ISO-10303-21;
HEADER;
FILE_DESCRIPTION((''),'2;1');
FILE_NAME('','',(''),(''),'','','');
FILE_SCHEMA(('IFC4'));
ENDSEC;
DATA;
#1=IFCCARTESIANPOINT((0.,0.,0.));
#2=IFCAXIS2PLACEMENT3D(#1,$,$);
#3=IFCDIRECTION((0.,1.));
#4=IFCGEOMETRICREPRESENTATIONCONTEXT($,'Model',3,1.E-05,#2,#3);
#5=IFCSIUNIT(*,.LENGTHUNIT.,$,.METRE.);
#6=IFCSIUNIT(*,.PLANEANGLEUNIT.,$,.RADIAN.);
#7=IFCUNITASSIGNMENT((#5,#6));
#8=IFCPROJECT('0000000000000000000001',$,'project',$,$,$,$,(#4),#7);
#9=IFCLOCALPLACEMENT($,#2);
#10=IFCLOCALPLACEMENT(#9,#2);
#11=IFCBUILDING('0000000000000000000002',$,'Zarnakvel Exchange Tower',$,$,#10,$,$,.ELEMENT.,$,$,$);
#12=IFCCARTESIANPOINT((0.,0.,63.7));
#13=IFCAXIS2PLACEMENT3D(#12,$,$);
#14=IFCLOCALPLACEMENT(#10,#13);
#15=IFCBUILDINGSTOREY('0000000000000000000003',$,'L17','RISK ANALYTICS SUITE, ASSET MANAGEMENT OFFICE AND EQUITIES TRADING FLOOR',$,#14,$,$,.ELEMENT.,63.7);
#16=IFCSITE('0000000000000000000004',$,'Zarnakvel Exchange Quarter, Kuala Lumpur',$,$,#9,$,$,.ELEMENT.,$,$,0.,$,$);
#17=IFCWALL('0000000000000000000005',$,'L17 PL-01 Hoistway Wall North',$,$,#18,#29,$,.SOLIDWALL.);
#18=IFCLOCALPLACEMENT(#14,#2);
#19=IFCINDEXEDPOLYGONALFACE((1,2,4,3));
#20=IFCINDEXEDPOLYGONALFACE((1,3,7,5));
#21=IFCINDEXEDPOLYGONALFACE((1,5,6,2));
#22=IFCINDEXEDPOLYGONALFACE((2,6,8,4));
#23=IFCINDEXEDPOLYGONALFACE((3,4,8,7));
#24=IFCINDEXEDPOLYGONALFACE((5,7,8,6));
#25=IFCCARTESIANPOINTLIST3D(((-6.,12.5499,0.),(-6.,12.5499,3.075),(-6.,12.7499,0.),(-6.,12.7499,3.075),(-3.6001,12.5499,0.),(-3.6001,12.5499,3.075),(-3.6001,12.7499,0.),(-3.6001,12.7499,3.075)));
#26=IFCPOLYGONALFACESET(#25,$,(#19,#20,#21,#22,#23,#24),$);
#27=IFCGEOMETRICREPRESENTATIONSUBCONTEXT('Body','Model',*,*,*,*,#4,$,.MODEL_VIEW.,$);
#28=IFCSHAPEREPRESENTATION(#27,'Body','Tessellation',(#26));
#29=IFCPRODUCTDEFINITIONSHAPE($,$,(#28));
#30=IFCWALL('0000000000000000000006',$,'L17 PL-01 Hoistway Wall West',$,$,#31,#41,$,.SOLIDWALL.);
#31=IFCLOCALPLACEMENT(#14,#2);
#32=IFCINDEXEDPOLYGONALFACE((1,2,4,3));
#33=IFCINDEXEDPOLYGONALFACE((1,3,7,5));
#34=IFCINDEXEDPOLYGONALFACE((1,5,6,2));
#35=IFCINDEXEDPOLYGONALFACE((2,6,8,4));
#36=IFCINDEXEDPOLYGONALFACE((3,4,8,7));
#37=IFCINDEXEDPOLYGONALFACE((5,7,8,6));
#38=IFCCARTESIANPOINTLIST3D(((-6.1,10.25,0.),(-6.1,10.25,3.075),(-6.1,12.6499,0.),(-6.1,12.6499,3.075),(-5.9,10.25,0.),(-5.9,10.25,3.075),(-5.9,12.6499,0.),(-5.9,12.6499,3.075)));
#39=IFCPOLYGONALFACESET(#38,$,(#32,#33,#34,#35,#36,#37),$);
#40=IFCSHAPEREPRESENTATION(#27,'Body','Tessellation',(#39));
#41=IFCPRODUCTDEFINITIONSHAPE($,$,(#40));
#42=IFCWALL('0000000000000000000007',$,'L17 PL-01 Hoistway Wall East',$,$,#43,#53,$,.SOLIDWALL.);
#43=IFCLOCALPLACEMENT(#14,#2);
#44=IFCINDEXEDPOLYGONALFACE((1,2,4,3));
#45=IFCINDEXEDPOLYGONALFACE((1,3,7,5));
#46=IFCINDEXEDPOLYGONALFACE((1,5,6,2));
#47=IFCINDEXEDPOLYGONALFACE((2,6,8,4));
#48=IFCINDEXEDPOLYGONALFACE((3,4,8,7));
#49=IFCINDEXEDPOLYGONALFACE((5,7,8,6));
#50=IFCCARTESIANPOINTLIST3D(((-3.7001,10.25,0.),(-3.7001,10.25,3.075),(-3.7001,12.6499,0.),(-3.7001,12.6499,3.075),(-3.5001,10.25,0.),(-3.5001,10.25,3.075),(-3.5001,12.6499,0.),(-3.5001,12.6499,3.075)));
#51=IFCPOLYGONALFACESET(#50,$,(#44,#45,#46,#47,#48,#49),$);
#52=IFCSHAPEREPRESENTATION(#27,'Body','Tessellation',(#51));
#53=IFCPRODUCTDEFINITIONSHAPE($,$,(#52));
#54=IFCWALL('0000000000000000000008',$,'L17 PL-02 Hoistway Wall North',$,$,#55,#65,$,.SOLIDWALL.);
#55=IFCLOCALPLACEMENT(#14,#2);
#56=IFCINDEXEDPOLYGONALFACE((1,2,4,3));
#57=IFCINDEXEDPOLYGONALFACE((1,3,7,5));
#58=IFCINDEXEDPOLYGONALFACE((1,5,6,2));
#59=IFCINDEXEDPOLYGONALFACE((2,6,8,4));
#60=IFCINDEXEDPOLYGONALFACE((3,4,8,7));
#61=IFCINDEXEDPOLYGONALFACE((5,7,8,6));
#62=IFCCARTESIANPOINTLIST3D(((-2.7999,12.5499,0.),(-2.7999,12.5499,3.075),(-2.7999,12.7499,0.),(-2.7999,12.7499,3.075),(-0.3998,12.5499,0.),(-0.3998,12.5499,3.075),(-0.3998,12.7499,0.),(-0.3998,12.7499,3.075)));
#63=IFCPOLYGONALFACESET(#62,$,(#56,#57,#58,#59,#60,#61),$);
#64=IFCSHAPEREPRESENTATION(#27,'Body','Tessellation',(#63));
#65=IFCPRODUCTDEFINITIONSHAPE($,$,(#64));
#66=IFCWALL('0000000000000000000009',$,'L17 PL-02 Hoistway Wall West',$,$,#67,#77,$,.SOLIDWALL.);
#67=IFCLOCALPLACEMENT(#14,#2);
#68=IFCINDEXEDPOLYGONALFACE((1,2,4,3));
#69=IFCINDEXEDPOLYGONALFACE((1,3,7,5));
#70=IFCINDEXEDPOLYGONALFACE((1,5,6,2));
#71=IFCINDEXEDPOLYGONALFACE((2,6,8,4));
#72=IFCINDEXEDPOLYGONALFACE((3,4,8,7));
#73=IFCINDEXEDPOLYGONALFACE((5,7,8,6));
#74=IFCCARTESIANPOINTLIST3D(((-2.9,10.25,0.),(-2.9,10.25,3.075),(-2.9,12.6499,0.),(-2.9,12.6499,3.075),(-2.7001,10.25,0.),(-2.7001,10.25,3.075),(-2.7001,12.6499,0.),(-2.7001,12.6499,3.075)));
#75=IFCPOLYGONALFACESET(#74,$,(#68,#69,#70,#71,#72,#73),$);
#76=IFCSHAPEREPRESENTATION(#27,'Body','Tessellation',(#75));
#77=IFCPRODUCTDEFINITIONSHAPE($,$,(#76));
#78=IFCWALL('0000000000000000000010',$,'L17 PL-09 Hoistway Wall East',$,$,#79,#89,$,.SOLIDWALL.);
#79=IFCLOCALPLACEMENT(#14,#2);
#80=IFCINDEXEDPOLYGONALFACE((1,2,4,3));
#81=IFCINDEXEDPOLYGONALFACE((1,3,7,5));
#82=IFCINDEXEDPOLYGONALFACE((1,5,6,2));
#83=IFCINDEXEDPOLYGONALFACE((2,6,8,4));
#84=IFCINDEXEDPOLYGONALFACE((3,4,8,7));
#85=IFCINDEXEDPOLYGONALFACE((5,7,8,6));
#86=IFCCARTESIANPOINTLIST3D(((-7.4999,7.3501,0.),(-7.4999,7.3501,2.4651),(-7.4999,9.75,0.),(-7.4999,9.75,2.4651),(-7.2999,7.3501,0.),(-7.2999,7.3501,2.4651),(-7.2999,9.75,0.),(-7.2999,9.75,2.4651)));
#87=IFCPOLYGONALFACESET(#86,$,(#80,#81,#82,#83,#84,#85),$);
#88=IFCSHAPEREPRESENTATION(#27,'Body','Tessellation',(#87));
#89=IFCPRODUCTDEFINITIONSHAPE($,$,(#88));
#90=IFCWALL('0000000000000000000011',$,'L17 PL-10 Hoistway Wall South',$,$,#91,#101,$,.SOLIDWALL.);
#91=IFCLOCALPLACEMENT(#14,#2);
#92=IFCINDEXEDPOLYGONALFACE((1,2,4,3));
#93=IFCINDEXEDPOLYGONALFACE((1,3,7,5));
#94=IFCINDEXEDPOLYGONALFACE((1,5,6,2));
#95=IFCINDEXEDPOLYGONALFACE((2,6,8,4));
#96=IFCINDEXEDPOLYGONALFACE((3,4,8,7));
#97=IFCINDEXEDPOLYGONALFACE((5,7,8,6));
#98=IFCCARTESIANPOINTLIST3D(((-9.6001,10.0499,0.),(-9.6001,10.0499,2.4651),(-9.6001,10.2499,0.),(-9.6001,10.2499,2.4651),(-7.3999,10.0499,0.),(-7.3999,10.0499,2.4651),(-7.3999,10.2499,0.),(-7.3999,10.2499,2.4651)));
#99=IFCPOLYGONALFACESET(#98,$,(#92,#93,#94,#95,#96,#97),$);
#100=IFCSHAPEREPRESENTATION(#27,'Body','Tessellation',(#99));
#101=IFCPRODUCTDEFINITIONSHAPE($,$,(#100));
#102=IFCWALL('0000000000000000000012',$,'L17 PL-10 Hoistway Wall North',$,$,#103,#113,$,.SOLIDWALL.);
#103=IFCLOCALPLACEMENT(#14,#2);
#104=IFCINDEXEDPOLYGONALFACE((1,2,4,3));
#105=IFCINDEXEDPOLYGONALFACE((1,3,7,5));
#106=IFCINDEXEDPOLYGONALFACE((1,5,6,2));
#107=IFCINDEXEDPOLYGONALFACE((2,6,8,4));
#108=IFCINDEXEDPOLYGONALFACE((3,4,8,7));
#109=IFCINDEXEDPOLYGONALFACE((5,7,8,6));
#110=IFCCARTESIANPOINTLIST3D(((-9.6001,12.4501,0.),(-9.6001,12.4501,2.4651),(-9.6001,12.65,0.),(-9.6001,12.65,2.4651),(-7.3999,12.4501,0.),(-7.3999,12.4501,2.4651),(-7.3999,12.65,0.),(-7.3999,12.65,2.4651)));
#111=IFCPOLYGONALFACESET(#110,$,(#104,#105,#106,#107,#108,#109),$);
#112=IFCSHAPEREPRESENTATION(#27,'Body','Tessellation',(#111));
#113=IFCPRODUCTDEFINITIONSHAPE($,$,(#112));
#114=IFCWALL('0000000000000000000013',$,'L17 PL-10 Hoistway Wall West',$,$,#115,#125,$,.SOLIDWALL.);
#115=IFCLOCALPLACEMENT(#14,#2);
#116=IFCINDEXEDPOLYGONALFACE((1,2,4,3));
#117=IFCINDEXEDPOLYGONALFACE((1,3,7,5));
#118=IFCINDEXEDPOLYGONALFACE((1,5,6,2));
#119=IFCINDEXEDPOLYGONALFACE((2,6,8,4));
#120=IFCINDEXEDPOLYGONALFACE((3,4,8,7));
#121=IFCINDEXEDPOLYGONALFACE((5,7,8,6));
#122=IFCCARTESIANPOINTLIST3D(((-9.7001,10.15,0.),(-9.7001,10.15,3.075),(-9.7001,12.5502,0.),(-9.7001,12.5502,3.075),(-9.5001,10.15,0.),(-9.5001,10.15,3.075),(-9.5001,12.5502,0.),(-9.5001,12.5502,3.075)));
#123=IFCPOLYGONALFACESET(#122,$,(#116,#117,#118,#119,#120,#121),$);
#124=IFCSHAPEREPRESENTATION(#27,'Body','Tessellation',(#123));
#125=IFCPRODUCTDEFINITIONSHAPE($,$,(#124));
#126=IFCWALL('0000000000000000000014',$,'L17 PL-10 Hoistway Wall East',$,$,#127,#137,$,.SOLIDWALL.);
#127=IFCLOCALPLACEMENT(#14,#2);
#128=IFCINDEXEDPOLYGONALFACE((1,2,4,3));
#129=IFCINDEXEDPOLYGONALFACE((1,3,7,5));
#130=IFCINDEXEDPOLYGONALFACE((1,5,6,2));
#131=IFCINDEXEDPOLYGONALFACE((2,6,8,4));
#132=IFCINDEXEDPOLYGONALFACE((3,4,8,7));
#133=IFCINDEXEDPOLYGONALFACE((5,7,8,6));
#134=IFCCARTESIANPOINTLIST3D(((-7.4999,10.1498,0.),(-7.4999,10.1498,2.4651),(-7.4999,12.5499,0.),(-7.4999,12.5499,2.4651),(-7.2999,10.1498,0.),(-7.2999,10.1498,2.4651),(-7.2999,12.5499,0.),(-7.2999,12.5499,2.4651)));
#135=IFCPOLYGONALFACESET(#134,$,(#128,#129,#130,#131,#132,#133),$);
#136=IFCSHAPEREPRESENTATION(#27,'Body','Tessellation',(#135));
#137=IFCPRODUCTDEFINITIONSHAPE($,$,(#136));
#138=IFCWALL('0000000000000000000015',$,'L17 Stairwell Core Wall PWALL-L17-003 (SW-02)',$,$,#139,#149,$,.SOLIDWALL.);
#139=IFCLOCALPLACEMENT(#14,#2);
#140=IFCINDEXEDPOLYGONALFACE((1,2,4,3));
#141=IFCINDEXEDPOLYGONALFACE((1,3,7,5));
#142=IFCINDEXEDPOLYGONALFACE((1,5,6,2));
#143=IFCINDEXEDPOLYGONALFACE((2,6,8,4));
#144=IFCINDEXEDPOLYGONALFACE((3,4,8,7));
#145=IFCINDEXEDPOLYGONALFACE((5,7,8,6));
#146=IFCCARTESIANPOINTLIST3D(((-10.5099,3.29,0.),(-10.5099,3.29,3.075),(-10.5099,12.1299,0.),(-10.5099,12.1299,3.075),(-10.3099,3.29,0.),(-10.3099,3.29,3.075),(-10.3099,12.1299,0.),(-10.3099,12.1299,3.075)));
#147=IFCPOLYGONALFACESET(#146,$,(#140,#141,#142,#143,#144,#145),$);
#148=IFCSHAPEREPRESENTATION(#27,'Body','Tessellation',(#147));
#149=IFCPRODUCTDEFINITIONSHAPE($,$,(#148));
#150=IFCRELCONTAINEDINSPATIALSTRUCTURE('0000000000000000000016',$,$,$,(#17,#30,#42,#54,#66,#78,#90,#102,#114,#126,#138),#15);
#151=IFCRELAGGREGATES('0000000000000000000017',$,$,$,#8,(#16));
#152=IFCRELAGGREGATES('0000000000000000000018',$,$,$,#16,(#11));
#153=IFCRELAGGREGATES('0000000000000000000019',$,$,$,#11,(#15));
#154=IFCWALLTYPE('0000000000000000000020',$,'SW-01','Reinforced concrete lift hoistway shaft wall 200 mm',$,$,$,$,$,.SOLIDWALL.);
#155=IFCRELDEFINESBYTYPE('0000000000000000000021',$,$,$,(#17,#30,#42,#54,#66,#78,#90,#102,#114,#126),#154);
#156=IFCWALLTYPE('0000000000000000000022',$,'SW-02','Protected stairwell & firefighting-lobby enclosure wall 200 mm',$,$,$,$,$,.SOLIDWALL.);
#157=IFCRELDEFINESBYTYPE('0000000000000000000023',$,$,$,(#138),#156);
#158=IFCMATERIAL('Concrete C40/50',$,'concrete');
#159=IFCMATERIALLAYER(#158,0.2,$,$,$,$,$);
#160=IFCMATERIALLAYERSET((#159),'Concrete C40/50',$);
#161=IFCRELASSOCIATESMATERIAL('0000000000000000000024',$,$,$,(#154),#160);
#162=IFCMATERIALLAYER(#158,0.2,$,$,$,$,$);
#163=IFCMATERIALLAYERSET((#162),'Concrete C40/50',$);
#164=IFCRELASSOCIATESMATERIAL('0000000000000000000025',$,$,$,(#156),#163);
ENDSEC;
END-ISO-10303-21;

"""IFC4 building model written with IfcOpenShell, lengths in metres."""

from ifc_helpers import new_model, si_unit, direction, frame, frame_2d, origin, place, context, subcontext, project, spatial, rectangle, extrude, material, layer, layer_set, type_object, element, save


model = new_model("IFC4")

# Units and contexts
model_context = context("Model", 3, precision=1e-05, world=origin(), true_north=direction((0.0, 1.0)))
body_context = subcontext(model_context, "Body", "Model", "MODEL_VIEW")
ifc_project = project(units=[si_unit("LENGTHUNIT", "METRE"), si_unit("PLANEANGLEUNIT", "RADIAN")], contexts=[model_context])

# Site, building, storey
site_placement = place(None, origin())
site = spatial("IfcSite", under=ifc_project, at=site_placement, Name="Zarnakvel Exchange Quarter, Kuala Lumpur", CompositionType="ELEMENT", RefElevation=0.0)
building_placement = place(site_placement, origin())
building = spatial("IfcBuilding", under=site, at=building_placement, Name="Zarnakvel Exchange Tower", CompositionType="ELEMENT")
storey_placement = place(building_placement, frame((0.0, 0.0, 63.7)))
storey = spatial("IfcBuildingStorey", under=building, at=storey_placement, Name="L17", Description="RISK ANALYTICS SUITE, ASSET MANAGEMENT OFFICE AND EQUITIES TRADING FLOOR", CompositionType="ELEMENT", Elevation=63.7)

# Shared definitions
ifc_material_1 = material(Name="Concrete C40/50", Category="concrete")
ifc_layer_1 = layer(ifc_material_1, 0.2)
ifc_layer_set_1 = layer_set([ifc_layer_1], Name="Concrete C40/50")
wall_type_1 = type_object("IfcWallType", Name="SW-01", Description="Reinforced concrete lift hoistway shaft wall 200 mm", PredefinedType="SOLIDWALL", material=ifc_layer_set_1)

# Walls
for number, where, z_axis, x_axis, name in (
    (1, (-6.0, 12.6499, 0.0), (0.0, 0.0, 1.0), (1.0, 0.0, 0.0), "L17 PL-01 Hoistway Wall North"),
    (2, (-6.0, 10.25, 0.0), (0.0, 0.0, 1.0), (0.0, 1.0, 0.0), "L17 PL-01 Hoistway Wall West"),
    (3, (-3.6001, 12.6499, 0.0), (0.0, 0.0, 1.0), (0.0, -1.0, 0.0), "L17 PL-01 Hoistway Wall East"),
):
    element("IfcWall", number, at=place(storey_placement, frame(where, z_axis=z_axis, x_axis=x_axis)), inside=storey, type_object=wall_type_1, Name=name, PredefinedType="SOLIDWALL", context=body_context, shape_type="SweptSolid", body=[
        extrude(rectangle(XDim=2.3999, YDim=0.2, at=frame_2d((1.2, 0.0))), origin(), (0.0, 0.0, 1.0), 3.075),
    ])
wall_1_placement = place(storey_placement, frame((-2.8, 12.6499, 0.0), z_axis=(0.0, 0.0, 1.0), x_axis=(1.0, 0.0, 0.0)))
element("IfcWall", 4, at=wall_1_placement, inside=storey, type_object=wall_type_1, Name="L17 PL-02 Hoistway Wall North", PredefinedType="SOLIDWALL", context=body_context, shape_type="SweptSolid", body=[
    extrude(rectangle(XDim=2.4001, YDim=0.2, at=frame_2d((1.2002, 0.0))), origin(), (0.0, 0.0, 1.0), 3.075),
])
wall_2_placement = place(storey_placement, frame((-2.8, 10.25, 0.0), z_axis=(0.0, 0.0, 1.0), x_axis=(0.0, 1.0, 0.0)))
element("IfcWall", 5, at=wall_2_placement, inside=storey, type_object=wall_type_1, Name="L17 PL-02 Hoistway Wall West", PredefinedType="SOLIDWALL", context=body_context, shape_type="SweptSolid", body=[
    extrude(rectangle(XDim=2.3999, YDim=0.2, at=frame_2d((1.2, 0.0))), origin(), (0.0, 0.0, 1.0), 3.075),
])
wall_3_placement = place(storey_placement, frame((-7.3999, 9.75, 0.0), z_axis=(0.0, 0.0, 1.0), x_axis=(0.0, -1.0, 0.0)))
element("IfcWall", 6, at=wall_3_placement, inside=storey, type_object=wall_type_1, Name="L17 PL-09 Hoistway Wall East", PredefinedType="SOLIDWALL", context=body_context, shape_type="SweptSolid", body=[
    extrude(rectangle(XDim=2.3999, YDim=0.2, at=frame_2d((1.2, 0.0))), origin(), (0.0, 0.0, 1.0), 2.4651),
])
for number, where, z_axis, x_axis, name in (
    (7, (-7.3999, 10.1499, 0.0), (0.0, 0.0, 1.0), (-1.0, 0.0, 0.0), "L17 PL-10 Hoistway Wall South"),
    (8, (-9.6001, 12.55, 0.0), (0.0, 0.0, 1.0), (1.0, 0.0, 0.0), "L17 PL-10 Hoistway Wall North"),
):
    element("IfcWall", number, at=place(storey_placement, frame(where, z_axis=z_axis, x_axis=x_axis)), inside=storey, type_object=wall_type_1, Name=name, PredefinedType="SOLIDWALL", context=body_context, shape_type="SweptSolid", body=[
        extrude(rectangle(XDim=2.2002, YDim=0.2, at=frame_2d((1.1001, 0.0))), origin(), (0.0, 0.0, 1.0), 2.4651),
    ])
wall_4_placement = place(storey_placement, frame((-9.6001, 10.1499, 0.0), z_axis=(0.0, 0.0, 1.0), x_axis=(0.0, 1.0, 0.0)))
element("IfcWall", 9, at=wall_4_placement, inside=storey, type_object=wall_type_1, Name="L17 PL-10 Hoistway Wall West", PredefinedType="SOLIDWALL", context=body_context, shape_type="SweptSolid", body=[
    extrude(rectangle(XDim=2.4001, YDim=0.2, at=frame_2d((1.2002, 0.0))), origin(), (0.0, 0.0, 1.0), 3.075),
])
wall_5_placement = place(storey_placement, frame((-7.3999, 12.55, 0.0), z_axis=(0.0, 0.0, 1.0), x_axis=(0.0, -1.0, 0.0)))
element("IfcWall", 10, at=wall_5_placement, inside=storey, type_object=wall_type_1, Name="L17 PL-10 Hoistway Wall East", PredefinedType="SOLIDWALL", context=body_context, shape_type="SweptSolid", body=[
    extrude(rectangle(XDim=2.4001, YDim=0.2, at=frame_2d((1.2002, 0.0))), origin(), (0.0, 0.0, 1.0), 2.4651),
])
ifc_layer_2 = layer(ifc_material_1, 0.2)
ifc_layer_set_2 = layer_set([ifc_layer_2], Name="Concrete C40/50")
wall_type_2 = type_object("IfcWallType", Name="SW-02", Description="Protected stairwell & firefighting-lobby enclosure wall 200 mm", PredefinedType="SOLIDWALL", material=ifc_layer_set_2)
wall_6_placement = place(storey_placement, frame((-10.4099, 12.1299, 0.0), z_axis=(0.0, 0.0, 1.0), x_axis=(0.0, -1.0, 0.0)))
element("IfcWall", 11, at=wall_6_placement, inside=storey, type_object=wall_type_2, Name="L17 Stairwell Core Wall PWALL-L17-003 (SW-02)", PredefinedType="SOLIDWALL", context=body_context, shape_type="SweptSolid", body=[
    extrude(rectangle(XDim=8.8398, YDim=0.2, at=frame_2d((4.4199, 0.0))), origin(), (0.0, 0.0, 1.0), 3.075),
])

save(model, "model.ifc")
